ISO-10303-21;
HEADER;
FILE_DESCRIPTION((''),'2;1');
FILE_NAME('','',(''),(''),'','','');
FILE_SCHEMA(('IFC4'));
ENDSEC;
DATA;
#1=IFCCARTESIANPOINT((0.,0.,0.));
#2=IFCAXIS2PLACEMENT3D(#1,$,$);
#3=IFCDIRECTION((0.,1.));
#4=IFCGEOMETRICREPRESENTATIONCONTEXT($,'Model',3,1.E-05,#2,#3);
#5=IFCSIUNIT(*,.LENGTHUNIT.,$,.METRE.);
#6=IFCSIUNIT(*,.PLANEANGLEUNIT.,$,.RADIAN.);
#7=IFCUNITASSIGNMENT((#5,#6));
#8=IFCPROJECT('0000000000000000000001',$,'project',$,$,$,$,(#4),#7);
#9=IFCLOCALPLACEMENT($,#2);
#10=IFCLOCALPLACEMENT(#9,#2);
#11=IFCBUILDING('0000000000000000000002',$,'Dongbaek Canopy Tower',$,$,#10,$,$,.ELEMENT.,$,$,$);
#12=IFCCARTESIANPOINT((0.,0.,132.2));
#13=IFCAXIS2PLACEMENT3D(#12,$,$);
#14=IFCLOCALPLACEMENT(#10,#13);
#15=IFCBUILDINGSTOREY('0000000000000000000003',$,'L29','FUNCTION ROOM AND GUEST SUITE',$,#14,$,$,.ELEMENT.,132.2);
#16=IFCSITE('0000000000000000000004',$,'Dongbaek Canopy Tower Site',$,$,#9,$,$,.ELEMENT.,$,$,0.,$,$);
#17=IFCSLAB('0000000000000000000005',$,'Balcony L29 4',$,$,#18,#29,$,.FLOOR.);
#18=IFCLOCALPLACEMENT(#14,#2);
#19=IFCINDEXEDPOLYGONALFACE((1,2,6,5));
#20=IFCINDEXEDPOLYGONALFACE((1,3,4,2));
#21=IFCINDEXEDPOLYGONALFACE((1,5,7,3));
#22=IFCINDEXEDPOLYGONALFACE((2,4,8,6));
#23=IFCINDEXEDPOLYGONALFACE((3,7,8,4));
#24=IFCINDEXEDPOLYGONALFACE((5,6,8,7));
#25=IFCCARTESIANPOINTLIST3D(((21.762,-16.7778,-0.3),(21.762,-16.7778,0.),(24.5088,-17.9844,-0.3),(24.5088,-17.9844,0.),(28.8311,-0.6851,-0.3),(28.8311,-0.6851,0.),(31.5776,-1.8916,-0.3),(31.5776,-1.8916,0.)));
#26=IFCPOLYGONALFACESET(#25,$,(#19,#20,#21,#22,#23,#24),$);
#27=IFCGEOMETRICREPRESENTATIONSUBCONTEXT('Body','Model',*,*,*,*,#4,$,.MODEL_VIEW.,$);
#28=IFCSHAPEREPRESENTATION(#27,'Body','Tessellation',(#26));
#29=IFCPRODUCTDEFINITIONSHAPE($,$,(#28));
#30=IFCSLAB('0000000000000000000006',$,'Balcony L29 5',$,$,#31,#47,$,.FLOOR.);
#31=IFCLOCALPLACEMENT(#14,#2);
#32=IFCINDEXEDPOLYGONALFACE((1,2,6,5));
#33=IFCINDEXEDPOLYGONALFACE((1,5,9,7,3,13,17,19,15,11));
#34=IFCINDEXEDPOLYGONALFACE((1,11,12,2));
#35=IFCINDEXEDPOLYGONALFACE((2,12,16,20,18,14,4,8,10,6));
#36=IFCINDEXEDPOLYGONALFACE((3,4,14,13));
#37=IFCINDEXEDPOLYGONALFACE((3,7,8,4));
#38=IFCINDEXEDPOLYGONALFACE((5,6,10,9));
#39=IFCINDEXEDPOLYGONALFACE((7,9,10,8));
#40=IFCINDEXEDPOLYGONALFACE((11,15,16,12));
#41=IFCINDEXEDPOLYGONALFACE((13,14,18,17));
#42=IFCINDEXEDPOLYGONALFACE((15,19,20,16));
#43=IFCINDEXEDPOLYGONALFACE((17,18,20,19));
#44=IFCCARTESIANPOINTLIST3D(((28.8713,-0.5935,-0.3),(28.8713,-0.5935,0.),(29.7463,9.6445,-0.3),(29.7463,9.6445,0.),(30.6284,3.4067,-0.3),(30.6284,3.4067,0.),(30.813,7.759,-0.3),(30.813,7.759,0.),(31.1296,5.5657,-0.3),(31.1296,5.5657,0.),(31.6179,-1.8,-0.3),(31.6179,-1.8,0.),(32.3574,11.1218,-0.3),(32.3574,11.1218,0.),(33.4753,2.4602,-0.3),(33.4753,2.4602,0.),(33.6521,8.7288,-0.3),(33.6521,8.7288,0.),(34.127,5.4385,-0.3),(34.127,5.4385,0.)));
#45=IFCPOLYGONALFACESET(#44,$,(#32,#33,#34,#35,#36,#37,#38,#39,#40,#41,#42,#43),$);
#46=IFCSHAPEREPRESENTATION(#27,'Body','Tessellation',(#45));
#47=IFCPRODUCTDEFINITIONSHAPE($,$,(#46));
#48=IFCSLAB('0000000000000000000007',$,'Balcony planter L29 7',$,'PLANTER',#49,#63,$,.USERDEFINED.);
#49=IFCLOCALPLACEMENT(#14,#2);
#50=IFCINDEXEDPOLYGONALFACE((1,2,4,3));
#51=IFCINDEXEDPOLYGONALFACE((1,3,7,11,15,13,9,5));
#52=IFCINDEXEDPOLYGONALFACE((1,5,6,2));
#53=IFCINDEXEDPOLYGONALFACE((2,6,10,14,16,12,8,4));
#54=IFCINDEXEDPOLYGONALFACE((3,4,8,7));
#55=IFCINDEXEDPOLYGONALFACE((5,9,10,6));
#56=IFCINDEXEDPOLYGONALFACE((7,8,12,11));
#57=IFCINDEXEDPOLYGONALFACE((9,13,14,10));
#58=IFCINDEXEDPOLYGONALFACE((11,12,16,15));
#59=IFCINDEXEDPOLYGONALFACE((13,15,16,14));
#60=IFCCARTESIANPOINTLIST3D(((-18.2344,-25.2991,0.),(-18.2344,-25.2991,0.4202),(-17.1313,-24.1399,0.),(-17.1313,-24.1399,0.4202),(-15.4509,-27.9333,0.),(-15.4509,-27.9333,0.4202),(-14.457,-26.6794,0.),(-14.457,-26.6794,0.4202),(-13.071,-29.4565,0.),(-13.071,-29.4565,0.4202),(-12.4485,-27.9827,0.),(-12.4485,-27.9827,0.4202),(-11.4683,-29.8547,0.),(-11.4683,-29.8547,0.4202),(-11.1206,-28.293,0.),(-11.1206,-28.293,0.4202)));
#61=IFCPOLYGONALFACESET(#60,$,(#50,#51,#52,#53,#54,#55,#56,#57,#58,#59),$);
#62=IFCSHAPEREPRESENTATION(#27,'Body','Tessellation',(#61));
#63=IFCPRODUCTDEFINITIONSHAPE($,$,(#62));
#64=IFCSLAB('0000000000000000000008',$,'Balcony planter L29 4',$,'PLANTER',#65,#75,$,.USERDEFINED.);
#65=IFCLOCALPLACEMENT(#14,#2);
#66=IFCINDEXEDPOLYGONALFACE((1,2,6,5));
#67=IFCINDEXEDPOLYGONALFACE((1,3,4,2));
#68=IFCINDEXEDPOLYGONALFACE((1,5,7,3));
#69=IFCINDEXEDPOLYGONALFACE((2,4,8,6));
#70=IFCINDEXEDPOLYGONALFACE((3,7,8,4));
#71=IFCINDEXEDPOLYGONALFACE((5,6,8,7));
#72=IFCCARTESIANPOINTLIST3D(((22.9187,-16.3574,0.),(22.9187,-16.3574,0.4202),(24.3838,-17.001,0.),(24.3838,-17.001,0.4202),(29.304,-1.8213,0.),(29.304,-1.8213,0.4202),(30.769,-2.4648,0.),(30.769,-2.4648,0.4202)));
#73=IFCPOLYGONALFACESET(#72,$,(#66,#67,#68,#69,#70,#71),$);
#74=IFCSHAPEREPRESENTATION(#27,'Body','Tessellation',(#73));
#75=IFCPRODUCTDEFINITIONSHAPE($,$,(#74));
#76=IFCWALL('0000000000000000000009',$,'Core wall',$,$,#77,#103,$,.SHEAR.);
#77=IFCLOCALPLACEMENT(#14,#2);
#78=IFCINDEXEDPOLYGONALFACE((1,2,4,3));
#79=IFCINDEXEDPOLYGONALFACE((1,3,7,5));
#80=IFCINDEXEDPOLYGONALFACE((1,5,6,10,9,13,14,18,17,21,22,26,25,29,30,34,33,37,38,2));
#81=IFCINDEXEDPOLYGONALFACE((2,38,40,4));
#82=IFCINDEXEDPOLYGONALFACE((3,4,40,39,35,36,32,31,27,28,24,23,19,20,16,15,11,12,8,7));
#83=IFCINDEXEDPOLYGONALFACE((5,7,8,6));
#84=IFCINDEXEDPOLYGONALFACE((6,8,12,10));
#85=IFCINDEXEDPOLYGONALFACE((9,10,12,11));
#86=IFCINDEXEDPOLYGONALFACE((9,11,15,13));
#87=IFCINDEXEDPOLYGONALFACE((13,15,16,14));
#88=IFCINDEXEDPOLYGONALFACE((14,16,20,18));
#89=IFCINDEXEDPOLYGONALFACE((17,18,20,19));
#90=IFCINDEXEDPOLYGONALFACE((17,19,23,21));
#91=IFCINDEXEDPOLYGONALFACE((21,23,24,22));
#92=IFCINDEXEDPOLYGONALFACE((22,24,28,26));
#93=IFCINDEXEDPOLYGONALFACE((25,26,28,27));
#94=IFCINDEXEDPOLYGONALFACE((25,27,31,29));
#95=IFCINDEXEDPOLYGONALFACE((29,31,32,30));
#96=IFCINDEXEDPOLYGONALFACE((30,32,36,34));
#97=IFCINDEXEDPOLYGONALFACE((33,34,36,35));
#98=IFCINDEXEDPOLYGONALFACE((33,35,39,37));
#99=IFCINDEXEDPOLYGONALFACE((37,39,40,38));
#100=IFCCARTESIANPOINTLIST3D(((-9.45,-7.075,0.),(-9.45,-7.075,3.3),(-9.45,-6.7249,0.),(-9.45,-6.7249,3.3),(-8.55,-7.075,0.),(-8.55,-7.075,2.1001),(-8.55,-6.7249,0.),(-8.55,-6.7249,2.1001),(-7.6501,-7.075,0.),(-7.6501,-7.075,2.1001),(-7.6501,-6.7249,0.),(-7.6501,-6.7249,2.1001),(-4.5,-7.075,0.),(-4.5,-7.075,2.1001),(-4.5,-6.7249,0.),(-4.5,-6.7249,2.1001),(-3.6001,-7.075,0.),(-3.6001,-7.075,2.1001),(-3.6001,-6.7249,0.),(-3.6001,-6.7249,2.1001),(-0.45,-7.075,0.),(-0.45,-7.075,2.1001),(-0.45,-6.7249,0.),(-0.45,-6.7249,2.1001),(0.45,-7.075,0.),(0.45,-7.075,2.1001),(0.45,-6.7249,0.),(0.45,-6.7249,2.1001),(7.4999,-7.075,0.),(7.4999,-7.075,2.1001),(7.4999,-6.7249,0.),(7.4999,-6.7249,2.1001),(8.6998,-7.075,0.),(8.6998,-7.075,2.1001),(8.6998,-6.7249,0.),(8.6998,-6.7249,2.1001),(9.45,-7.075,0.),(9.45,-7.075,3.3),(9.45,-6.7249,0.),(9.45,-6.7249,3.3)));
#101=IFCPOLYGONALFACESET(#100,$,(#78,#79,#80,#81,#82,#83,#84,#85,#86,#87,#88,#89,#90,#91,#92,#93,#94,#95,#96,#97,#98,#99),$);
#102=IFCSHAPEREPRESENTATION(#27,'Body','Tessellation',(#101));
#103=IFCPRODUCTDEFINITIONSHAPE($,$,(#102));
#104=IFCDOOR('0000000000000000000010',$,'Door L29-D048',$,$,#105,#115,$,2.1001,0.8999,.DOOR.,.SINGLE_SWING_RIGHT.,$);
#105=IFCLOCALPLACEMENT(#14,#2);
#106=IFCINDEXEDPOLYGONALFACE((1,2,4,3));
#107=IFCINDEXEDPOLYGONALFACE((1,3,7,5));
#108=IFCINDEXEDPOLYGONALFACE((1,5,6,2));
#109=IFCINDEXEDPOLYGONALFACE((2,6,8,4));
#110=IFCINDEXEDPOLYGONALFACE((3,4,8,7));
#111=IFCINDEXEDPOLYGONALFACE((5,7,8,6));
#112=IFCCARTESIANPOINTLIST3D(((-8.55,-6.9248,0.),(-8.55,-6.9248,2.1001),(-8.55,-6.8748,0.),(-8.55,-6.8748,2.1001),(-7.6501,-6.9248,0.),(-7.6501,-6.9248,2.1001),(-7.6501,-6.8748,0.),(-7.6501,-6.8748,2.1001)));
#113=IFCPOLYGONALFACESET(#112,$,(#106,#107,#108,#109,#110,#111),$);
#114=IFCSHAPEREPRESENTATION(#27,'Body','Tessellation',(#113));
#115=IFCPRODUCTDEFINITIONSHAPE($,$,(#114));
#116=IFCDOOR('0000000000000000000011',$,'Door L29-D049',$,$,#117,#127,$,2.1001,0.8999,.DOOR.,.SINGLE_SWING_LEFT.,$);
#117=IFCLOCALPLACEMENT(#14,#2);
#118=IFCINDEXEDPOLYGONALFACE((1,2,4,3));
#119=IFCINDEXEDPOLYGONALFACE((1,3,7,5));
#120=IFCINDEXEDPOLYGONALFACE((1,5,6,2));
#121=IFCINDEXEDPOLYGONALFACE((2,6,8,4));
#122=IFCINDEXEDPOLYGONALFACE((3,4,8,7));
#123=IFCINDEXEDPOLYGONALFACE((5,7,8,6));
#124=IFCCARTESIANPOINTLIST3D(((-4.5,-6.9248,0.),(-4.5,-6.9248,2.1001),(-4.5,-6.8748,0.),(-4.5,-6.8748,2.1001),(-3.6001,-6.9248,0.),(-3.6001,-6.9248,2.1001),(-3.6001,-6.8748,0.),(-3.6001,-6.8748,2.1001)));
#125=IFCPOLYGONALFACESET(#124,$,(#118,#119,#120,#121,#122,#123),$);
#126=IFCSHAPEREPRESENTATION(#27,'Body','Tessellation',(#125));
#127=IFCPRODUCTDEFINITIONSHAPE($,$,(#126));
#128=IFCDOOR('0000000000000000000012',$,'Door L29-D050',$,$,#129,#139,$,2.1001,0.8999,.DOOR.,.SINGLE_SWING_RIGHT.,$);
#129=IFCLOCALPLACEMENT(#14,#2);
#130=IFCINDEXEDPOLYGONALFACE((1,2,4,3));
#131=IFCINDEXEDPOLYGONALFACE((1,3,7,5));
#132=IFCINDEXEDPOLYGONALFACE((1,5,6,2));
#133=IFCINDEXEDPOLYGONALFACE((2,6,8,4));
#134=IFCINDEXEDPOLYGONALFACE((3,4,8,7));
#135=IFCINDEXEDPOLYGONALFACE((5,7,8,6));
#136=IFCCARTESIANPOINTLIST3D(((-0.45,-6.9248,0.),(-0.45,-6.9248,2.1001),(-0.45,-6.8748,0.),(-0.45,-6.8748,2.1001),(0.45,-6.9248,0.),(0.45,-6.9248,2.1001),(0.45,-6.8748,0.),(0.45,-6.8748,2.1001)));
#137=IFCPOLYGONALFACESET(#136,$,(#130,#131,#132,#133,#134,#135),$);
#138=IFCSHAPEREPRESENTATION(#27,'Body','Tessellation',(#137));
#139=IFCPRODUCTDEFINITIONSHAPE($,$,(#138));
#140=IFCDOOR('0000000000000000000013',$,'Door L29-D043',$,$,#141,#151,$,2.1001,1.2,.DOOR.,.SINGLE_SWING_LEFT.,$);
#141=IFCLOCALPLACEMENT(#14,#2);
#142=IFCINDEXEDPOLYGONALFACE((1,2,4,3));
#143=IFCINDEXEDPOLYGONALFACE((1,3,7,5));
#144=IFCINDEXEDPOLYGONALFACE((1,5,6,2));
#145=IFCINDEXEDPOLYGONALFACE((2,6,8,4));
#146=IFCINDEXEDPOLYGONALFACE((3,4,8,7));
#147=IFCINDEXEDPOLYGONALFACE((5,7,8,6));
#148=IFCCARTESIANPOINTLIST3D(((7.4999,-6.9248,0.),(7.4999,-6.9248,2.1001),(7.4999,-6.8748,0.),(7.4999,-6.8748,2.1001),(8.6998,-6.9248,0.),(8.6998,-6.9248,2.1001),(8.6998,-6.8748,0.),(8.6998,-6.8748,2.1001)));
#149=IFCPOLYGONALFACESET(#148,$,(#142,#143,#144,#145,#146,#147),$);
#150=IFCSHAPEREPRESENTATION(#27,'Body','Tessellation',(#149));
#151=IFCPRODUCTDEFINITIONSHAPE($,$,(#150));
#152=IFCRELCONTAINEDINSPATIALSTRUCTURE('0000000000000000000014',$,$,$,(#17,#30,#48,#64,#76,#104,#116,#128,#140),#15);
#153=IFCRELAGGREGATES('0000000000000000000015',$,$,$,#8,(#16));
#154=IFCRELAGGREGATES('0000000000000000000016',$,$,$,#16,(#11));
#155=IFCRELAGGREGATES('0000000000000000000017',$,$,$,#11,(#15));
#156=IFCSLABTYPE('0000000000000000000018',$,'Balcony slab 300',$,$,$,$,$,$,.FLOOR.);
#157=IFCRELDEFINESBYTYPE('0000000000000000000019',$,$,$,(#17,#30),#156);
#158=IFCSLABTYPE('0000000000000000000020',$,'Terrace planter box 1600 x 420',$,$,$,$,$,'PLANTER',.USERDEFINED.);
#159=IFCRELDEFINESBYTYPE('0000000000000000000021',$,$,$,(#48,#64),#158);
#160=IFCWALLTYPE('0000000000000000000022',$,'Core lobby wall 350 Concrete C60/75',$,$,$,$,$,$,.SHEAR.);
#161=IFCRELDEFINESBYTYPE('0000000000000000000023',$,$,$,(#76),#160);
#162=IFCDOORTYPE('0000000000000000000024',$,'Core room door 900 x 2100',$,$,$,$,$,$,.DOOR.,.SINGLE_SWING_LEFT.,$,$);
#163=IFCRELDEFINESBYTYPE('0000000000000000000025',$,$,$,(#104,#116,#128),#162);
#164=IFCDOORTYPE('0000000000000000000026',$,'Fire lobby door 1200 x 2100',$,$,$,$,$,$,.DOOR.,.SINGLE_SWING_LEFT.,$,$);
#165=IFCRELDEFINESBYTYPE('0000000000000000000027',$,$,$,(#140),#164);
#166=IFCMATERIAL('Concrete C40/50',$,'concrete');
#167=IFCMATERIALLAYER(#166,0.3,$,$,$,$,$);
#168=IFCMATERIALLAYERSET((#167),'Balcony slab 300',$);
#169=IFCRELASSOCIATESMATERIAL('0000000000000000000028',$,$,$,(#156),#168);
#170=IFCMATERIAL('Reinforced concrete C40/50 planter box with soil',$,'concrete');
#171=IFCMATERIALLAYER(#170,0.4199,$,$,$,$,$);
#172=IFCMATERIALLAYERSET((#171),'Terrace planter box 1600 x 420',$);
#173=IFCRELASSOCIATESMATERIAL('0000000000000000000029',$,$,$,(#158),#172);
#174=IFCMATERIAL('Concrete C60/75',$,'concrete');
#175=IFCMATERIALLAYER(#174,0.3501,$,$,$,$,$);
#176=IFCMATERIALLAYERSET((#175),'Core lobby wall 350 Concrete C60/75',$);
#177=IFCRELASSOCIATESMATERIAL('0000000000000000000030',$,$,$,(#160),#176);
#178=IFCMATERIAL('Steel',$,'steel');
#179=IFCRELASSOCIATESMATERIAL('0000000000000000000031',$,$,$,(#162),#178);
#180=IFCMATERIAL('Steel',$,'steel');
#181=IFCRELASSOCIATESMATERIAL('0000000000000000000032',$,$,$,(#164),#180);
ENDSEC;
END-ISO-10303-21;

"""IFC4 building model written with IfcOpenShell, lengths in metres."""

from ifc_helpers import new_model, si_unit, direction, frame, frame_2d, origin, place, context, subcontext, project, spatial, polyline, rectangle, outline, extrude, material, layer, layer_set, type_object, element, fill, save


model = new_model("IFC4")

# Units and contexts
model_context = context("Model", 3, precision=1e-05, world=origin(), true_north=direction((0.0, 1.0)))
body_context = subcontext(model_context, "Body", "Model", "MODEL_VIEW")
ifc_project = project(units=[si_unit("LENGTHUNIT", "METRE"), si_unit("PLANEANGLEUNIT", "RADIAN")], contexts=[model_context])

# Site, building, storey
site_placement = place(None, origin())
site = spatial("IfcSite", under=ifc_project, at=site_placement, Name="Dongbaek Canopy Tower Site", CompositionType="ELEMENT", RefElevation=0.0)
building_placement = place(site_placement, origin())
building = spatial("IfcBuilding", under=site, at=building_placement, Name="Dongbaek Canopy Tower", CompositionType="ELEMENT")
storey_placement = place(building_placement, frame((0.0, 0.0, 132.2)))
storey = spatial("IfcBuildingStorey", under=building, at=storey_placement, Name="L29", Description="FUNCTION ROOM AND GUEST SUITE", CompositionType="ELEMENT", Elevation=132.2)

# Slabs
ifc_material_1 = material(Name="Concrete C40/50", Category="concrete")
ifc_layer_1 = layer(ifc_material_1, 0.3)
ifc_layer_set_1 = layer_set([ifc_layer_1], Name="Balcony slab 300")
slab_type_1 = type_object("IfcSlabType", Name="Balcony slab 300", PredefinedType="FLOOR", material=ifc_layer_set_1)
slab_1_placement = place(storey_placement, frame((0.0, 0.0, -0.3)))
element("IfcSlab", 1, at=slab_1_placement, inside=storey, type_object=slab_type_1, Name="Balcony L29 4", PredefinedType="FLOOR", context=body_context, shape_type="SweptSolid", body=[
    extrude(outline(polyline([(21.762, -16.7778), (28.8311, -0.6851), (31.5776, -1.8916), (24.5088, -17.9844), (21.762, -16.7778)])), origin(), (0.0, 0.0, 1.0), 0.3),
])
slab_2_placement = place(storey_placement, frame((0.0, 0.0, -0.3)))
element("IfcSlab", 2, at=slab_2_placement, inside=storey, type_object=slab_type_1, Name="Balcony L29 5", PredefinedType="FLOOR", context=body_context, shape_type="SweptSolid", body=[
    extrude(outline(polyline([(28.8713, -0.5935), (30.6284, 3.4067), (31.1296, 5.5657), (30.813, 7.759), (29.7463, 9.6445), (32.3574, 11.1218), (33.6521, 8.7288), (34.127, 5.4385), (33.4753, 2.4602), (31.6179, -1.8), (28.8713, -0.5935)])), origin(), (0.0, 0.0, 1.0), 0.3),
])
ifc_material_2 = material(Name="Reinforced concrete C40/50 planter box with soil", Category="concrete")
ifc_layer_2 = layer(ifc_material_2, 0.4199)
ifc_layer_set_2 = layer_set([ifc_layer_2], Name="Terrace planter box 1600 x 420")
slab_type_2 = type_object("IfcSlabType", Name="Terrace planter box 1600 x 420", ElementType="PLANTER", PredefinedType="USERDEFINED", material=ifc_layer_set_2)
slab_3_placement = place(storey_placement, origin())
element("IfcSlab", 3, at=slab_3_placement, inside=storey, type_object=slab_type_2, Name="Balcony planter L29 7", ObjectType="PLANTER", PredefinedType="USERDEFINED", context=body_context, shape_type="SweptSolid", body=[
    extrude(outline(polyline([(-17.1313, -24.1399), (-14.457, -26.6794), (-12.4485, -27.9827), (-11.1206, -28.293), (-11.4683, -29.8547), (-13.071, -29.4565), (-15.4509, -27.9333), (-18.2344, -25.2991), (-17.1313, -24.1399)])), origin(), (0.0, 0.0, 1.0), 0.4202),
])
slab_4_placement = place(storey_placement, origin())
element("IfcSlab", 4, at=slab_4_placement, inside=storey, type_object=slab_type_2, Name="Balcony planter L29 4", ObjectType="PLANTER", PredefinedType="USERDEFINED", context=body_context, shape_type="SweptSolid", body=[
    extrude(outline(polyline([(22.9187, -16.3574), (29.304, -1.8213), (30.769, -2.4648), (24.3838, -17.001), (22.9187, -16.3574)])), origin(), (0.0, 0.0, 1.0), 0.4202),
])

# Wall, openings, doors
ifc_material_3 = material(Name="Concrete C60/75", Category="concrete")
ifc_layer_3 = layer(ifc_material_3, 0.3501)
ifc_layer_set_3 = layer_set([ifc_layer_3], Name="Core lobby wall 350 Concrete C60/75")
wall_type_1 = type_object("IfcWallType", Name="Core lobby wall 350 Concrete C60/75", PredefinedType="SHEAR", material=ifc_layer_set_3)
wall_1_placement = place(storey_placement, frame((9.45, -6.8999, 0.0), z_axis=(0.0, 0.0, 1.0), x_axis=(-1.0, 0.0, 0.0)))
wall_1 = element("IfcWall", 5, at=wall_1_placement, inside=storey, type_object=wall_type_1, Name="Core wall", PredefinedType="SHEAR", context=body_context, shape_type="SweptSolid", body=[
    extrude(rectangle(XDim=18.8999, YDim=0.3501, at=frame_2d((9.45, 0.0))), origin(), (0.0, 0.0, 1.0), 3.3),
])
opening_1_placement = place(wall_1_placement, frame((0.75, 0.0, 0.0)))
opening_1 = element("IfcOpeningElement", 6, at=opening_1_placement, cuts=wall_1, PredefinedType="OPENING", context=body_context, shape_type="SweptSolid", body=[
    extrude(rectangle(XDim=1.2, YDim=2.1001, at=frame_2d((0.6001, 1.05))), frame((0.0, 0.1851, 0.0), z_axis=(0.0, -1.0, 0.0), x_axis=(1.0, 0.0, 0.0)), (0.0, 0.0, 1.0), 0.3701),
])
opening_2_placement = place(wall_1_placement, frame((17.1001, 0.0, 0.0)))
opening_2 = element("IfcOpeningElement", 7, at=opening_2_placement, cuts=wall_1, PredefinedType="OPENING", context=body_context, shape_type="SweptSolid", body=[
    extrude(rectangle(XDim=0.8999, YDim=2.1001, at=frame_2d((0.45, 1.05))), frame((0.0, 0.1851, 0.0), z_axis=(0.0, -1.0, 0.0), x_axis=(1.0, 0.0, 0.0)), (0.0, 0.0, 1.0), 0.3701),
])
opening_3_placement = place(wall_1_placement, frame((13.05, 0.0, 0.0)))
opening_3 = element("IfcOpeningElement", 8, at=opening_3_placement, cuts=wall_1, PredefinedType="OPENING", context=body_context, shape_type="SweptSolid", body=[
    extrude(rectangle(XDim=0.8999, YDim=2.1001, at=frame_2d((0.45, 1.05))), frame((0.0, 0.1851, 0.0), z_axis=(0.0, -1.0, 0.0), x_axis=(1.0, 0.0, 0.0)), (0.0, 0.0, 1.0), 0.3701),
])
opening_4_placement = place(wall_1_placement, frame((9.0, 0.0, 0.0)))
opening_4 = element("IfcOpeningElement", 9, at=opening_4_placement, cuts=wall_1, PredefinedType="OPENING", context=body_context, shape_type="SweptSolid", body=[
    extrude(rectangle(XDim=0.8999, YDim=2.1001, at=frame_2d((0.45, 1.05))), frame((0.0, 0.1851, 0.0), z_axis=(0.0, -1.0, 0.0), x_axis=(1.0, 0.0, 0.0)), (0.0, 0.0, 1.0), 0.3701),
])
ifc_material_4 = material(Name="Steel", Category="steel")
door_type_1 = type_object("IfcDoorType", Name="Core room door 900 x 2100", OperationType="SINGLE_SWING_LEFT", PredefinedType="DOOR", material=ifc_material_4)
door_1_placement = place(opening_2_placement, origin())
door_1 = element("IfcDoor", 10, at=door_1_placement, inside=storey, type_object=door_type_1, Name="Door L29-D048", OperationType="SINGLE_SWING_RIGHT", OverallHeight=2.1001, OverallWidth=0.8999, PredefinedType="DOOR", context=body_context, shape_type="SweptSolid", body=[
    extrude(rectangle(XDim=0.8999, YDim=2.1001, at=frame_2d((0.45, 1.05))), frame((0.0, 0.0249, 0.0), z_axis=(0.0, -1.0, 0.0), x_axis=(1.0, 0.0, 0.0)), (0.0, 0.0, 1.0), 0.05),
])
fill(opening_2, door_1)
door_2_placement = place(opening_3_placement, origin())
door_2 = element("IfcDoor", 11, at=door_2_placement, inside=storey, type_object=door_type_1, Name="Door L29-D049", OperationType="SINGLE_SWING_LEFT", OverallHeight=2.1001, OverallWidth=0.8999, PredefinedType="DOOR", context=body_context, shape_type="SweptSolid", body=[
    extrude(rectangle(XDim=0.8999, YDim=2.1001, at=frame_2d((0.45, 1.05))), frame((0.0, 0.0249, 0.0), z_axis=(0.0, -1.0, 0.0), x_axis=(1.0, 0.0, 0.0)), (0.0, 0.0, 1.0), 0.05),
])
fill(opening_3, door_2)
door_3_placement = place(opening_4_placement, origin())
door_3 = element("IfcDoor", 12, at=door_3_placement, inside=storey, type_object=door_type_1, Name="Door L29-D050", OperationType="SINGLE_SWING_RIGHT", OverallHeight=2.1001, OverallWidth=0.8999, PredefinedType="DOOR", context=body_context, shape_type="SweptSolid", body=[
    extrude(rectangle(XDim=0.8999, YDim=2.1001, at=frame_2d((0.45, 1.05))), frame((0.0, 0.0249, 0.0), z_axis=(0.0, -1.0, 0.0), x_axis=(1.0, 0.0, 0.0)), (0.0, 0.0, 1.0), 0.05),
])
fill(opening_4, door_3)
ifc_material_5 = material(Name="Steel", Category="steel")
door_type_2 = type_object("IfcDoorType", Name="Fire lobby door 1200 x 2100", OperationType="SINGLE_SWING_LEFT", PredefinedType="DOOR", material=ifc_material_5)
door_4_placement = place(opening_1_placement, origin())
door_4 = element("IfcDoor", 13, at=door_4_placement, inside=storey, type_object=door_type_2, Name="Door L29-D043", OperationType="SINGLE_SWING_LEFT", OverallHeight=2.1001, OverallWidth=1.2, PredefinedType="DOOR", context=body_context, shape_type="SweptSolid", body=[
    extrude(rectangle(XDim=1.2, YDim=2.1001, at=frame_2d((0.6001, 1.05))), frame((0.0, 0.0249, 0.0), z_axis=(0.0, -1.0, 0.0), x_axis=(1.0, 0.0, 0.0)), (0.0, 0.0, 1.0), 0.05),
])
fill(opening_1, door_4)

save(model, "model.ifc")
